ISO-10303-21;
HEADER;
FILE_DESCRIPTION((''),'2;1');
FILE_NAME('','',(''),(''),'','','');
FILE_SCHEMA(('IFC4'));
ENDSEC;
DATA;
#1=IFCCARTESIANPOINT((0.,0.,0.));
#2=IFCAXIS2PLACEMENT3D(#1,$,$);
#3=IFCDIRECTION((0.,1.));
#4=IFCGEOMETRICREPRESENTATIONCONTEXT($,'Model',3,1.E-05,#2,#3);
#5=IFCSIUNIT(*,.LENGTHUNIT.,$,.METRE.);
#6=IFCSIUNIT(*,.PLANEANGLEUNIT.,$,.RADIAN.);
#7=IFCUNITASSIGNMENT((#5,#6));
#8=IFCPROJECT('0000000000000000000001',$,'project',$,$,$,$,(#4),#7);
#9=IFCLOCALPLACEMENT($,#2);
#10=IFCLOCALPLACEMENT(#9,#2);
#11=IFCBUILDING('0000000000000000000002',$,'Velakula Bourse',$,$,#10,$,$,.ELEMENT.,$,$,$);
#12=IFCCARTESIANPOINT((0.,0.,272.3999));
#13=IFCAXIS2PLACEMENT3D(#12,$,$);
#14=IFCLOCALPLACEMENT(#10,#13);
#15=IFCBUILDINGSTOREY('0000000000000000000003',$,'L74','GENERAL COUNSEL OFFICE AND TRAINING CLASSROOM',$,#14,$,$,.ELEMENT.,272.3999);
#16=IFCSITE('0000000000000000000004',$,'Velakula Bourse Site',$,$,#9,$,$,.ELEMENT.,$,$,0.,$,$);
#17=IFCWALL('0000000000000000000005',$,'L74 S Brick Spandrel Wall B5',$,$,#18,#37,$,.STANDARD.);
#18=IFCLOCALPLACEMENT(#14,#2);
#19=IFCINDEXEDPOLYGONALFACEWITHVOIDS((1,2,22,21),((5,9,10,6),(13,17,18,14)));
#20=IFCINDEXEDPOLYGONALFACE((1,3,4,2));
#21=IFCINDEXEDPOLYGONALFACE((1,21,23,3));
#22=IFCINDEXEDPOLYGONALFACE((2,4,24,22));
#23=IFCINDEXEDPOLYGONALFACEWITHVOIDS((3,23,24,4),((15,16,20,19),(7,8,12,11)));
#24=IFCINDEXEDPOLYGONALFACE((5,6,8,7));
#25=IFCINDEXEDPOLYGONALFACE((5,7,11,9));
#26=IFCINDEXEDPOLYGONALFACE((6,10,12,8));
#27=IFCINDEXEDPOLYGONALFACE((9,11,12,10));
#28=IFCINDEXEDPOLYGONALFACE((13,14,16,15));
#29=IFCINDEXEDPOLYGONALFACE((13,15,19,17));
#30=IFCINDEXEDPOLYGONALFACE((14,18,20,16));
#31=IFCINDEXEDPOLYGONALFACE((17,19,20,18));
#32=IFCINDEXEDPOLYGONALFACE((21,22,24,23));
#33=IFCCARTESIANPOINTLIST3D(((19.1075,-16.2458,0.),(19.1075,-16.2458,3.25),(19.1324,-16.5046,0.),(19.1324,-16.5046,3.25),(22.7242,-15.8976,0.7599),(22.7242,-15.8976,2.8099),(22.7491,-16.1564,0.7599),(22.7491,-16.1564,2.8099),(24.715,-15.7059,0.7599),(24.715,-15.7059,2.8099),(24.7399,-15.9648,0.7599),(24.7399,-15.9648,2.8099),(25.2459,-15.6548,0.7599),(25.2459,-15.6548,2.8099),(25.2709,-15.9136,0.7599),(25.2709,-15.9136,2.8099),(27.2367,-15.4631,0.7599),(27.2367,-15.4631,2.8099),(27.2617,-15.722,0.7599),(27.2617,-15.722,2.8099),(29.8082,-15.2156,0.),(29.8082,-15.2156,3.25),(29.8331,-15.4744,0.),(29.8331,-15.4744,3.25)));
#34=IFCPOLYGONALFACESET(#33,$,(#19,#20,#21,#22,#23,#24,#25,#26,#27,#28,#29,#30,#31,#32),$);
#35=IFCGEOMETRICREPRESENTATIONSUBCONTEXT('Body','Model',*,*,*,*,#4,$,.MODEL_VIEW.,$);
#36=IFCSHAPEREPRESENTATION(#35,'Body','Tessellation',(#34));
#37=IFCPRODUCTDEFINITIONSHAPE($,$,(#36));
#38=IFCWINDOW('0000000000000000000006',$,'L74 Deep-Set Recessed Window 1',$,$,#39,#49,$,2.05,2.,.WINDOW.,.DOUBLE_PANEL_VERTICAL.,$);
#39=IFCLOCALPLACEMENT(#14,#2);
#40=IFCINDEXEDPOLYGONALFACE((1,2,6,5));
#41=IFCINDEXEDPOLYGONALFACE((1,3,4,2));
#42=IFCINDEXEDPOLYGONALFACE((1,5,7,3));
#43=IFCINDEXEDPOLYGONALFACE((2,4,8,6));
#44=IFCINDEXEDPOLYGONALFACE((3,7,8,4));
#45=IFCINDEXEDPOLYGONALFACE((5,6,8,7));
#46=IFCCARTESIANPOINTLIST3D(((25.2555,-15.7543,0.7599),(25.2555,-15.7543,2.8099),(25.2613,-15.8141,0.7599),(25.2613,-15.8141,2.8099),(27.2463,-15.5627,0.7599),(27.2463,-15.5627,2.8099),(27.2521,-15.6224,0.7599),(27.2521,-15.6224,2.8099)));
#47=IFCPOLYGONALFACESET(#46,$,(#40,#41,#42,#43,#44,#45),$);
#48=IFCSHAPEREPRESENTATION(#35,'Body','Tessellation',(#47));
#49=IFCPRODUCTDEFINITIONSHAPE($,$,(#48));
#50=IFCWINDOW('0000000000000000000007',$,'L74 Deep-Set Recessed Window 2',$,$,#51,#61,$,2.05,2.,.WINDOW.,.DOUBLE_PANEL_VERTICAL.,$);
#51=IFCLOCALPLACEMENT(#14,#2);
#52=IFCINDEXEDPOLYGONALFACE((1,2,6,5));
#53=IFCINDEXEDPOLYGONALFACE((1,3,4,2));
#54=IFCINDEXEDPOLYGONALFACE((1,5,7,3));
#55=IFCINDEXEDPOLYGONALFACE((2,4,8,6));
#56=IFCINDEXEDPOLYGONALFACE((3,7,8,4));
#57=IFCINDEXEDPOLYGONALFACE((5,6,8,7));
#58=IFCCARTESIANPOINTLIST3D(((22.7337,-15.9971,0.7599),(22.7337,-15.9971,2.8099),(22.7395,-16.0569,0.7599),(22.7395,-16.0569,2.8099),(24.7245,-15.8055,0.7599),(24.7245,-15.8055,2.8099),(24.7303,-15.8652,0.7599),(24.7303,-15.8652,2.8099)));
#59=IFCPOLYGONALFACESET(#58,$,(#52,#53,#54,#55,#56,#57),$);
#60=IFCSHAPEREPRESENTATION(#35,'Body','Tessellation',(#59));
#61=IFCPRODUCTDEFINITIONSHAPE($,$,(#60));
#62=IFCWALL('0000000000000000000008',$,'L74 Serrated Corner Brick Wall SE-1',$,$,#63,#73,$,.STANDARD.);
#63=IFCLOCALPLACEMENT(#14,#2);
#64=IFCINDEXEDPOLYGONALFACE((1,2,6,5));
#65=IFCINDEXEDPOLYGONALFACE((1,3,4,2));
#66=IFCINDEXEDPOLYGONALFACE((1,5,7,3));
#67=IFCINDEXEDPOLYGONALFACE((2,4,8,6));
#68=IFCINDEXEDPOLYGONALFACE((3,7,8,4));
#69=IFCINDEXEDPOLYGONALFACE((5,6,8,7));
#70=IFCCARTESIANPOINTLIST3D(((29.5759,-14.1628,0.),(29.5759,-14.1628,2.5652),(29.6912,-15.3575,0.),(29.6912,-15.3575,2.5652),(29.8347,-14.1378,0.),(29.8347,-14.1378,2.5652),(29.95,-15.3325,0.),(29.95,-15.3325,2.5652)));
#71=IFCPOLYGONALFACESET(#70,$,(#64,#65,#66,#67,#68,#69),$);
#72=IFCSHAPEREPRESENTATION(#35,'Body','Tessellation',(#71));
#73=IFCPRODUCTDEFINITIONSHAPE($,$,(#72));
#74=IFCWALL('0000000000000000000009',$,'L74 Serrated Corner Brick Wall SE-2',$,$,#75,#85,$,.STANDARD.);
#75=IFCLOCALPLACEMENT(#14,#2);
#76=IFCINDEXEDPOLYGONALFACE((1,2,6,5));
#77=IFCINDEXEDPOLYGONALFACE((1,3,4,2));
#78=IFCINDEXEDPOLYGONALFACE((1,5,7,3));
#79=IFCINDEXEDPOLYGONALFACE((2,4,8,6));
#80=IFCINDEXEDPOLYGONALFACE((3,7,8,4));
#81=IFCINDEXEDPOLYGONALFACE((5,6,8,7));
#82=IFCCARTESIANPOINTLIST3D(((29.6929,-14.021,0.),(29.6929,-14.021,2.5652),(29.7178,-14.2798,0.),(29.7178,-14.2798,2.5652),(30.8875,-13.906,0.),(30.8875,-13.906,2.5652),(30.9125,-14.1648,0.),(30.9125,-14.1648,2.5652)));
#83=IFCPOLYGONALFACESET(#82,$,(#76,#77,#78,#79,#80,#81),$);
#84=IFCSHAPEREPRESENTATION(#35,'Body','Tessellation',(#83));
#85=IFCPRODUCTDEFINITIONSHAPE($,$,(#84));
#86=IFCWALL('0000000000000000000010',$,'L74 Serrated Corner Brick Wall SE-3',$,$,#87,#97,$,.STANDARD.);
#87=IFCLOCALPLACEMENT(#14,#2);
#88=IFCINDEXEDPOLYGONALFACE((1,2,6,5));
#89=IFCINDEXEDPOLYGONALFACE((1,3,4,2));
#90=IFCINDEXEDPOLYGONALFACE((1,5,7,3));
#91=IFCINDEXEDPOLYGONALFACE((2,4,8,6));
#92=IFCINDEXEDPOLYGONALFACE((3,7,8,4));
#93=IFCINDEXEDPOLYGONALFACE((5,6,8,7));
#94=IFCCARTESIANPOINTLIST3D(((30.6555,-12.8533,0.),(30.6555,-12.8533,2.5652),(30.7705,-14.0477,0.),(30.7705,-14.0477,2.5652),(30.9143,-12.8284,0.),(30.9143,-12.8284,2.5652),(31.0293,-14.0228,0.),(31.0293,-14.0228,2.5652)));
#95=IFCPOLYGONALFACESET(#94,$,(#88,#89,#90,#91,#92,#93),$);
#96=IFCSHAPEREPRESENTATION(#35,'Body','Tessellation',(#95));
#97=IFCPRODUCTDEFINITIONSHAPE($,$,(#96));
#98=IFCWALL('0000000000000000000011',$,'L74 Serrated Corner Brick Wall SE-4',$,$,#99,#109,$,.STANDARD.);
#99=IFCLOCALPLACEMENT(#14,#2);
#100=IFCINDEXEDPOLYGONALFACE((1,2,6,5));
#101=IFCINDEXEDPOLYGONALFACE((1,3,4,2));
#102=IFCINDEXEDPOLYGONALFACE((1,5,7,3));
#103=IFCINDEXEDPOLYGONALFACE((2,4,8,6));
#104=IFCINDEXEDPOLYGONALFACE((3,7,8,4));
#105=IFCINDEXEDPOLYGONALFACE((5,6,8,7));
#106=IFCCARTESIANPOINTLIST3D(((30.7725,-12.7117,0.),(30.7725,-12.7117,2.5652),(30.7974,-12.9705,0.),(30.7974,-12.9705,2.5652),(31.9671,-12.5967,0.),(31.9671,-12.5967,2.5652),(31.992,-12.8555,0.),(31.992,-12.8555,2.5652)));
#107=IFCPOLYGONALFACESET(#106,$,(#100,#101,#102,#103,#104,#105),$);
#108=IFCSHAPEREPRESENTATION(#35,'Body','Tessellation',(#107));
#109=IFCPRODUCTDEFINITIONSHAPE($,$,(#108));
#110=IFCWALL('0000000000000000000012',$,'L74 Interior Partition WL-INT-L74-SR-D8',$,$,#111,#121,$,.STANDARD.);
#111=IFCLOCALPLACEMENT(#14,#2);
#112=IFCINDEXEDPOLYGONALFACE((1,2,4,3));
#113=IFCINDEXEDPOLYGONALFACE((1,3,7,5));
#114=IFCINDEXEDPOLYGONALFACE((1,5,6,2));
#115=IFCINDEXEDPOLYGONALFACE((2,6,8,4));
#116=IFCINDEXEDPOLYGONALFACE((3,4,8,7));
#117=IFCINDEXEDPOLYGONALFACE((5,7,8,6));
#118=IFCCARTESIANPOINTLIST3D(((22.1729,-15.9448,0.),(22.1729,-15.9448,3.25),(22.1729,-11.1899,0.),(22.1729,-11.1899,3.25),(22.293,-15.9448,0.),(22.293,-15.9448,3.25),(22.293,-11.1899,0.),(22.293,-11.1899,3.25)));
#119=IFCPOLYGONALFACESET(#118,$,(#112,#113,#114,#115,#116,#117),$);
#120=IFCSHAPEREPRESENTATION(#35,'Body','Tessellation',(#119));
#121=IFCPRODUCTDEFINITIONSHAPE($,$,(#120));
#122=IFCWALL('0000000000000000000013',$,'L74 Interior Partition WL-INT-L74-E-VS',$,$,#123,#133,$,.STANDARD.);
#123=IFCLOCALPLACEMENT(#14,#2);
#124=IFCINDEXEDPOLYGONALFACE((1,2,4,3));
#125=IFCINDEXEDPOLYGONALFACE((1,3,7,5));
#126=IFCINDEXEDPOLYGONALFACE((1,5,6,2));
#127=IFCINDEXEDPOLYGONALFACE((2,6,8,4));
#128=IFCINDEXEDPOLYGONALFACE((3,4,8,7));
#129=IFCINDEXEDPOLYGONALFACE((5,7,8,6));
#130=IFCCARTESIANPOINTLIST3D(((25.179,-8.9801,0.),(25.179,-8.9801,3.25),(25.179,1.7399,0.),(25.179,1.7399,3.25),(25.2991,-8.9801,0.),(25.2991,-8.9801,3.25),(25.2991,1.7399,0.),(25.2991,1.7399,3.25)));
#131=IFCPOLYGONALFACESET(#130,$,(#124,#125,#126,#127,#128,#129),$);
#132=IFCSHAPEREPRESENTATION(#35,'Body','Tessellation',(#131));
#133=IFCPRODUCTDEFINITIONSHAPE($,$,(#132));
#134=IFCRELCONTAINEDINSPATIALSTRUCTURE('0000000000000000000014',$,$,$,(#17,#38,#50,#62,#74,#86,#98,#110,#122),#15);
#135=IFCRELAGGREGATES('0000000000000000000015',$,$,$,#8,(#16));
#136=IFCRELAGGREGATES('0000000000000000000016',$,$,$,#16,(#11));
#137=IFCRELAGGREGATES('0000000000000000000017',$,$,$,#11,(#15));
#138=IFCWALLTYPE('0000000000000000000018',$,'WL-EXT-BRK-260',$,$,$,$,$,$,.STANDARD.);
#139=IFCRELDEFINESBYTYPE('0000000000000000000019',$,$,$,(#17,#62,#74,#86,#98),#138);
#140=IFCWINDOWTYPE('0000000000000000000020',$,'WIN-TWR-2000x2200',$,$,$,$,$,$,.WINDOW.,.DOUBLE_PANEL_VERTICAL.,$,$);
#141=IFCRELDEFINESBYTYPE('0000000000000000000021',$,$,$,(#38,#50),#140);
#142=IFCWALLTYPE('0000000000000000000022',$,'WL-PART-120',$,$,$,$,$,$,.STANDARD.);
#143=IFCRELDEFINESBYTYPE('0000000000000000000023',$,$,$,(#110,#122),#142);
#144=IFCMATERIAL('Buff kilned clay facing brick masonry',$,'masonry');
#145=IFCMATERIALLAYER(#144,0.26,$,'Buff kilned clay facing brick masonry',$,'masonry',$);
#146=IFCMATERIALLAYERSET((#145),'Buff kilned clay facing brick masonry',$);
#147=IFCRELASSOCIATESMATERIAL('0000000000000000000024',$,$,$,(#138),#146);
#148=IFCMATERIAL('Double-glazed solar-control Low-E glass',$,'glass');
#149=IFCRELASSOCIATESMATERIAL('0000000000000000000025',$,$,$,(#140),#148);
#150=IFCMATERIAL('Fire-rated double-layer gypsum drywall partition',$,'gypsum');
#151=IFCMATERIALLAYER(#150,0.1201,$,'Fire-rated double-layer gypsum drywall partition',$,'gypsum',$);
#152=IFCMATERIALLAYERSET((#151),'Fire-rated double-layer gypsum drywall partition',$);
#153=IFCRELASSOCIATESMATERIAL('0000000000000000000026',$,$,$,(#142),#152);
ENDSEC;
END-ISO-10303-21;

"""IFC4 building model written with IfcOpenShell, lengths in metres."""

from ifc_helpers import new_model, si_unit, direction, frame, frame_2d, origin, place, context, subcontext, project, spatial, rectangle, extrude, material, layer, layer_set, type_object, element, fill, save


model = new_model("IFC4")

# Units and contexts
model_context = context("Model", 3, precision=1e-05, world=origin(), true_north=direction((0.0, 1.0)))
body_context = subcontext(model_context, "Body", "Model", "MODEL_VIEW")
ifc_project = project(units=[si_unit("LENGTHUNIT", "METRE"), si_unit("PLANEANGLEUNIT", "RADIAN")], contexts=[model_context])

# Site, building, storey
site_placement = place(None, origin())
site = spatial("IfcSite", under=ifc_project, at=site_placement, Name="Velakula Bourse Site", CompositionType="ELEMENT", RefElevation=0.0)
building_placement = place(site_placement, origin())
building = spatial("IfcBuilding", under=site, at=building_placement, Name="Velakula Bourse", CompositionType="ELEMENT")
storey_placement = place(building_placement, frame((0.0, 0.0, 272.3999)))
storey = spatial("IfcBuildingStorey", under=building, at=storey_placement, Name="L74", Description="GENERAL COUNSEL OFFICE AND TRAINING CLASSROOM", CompositionType="ELEMENT", Elevation=272.3999)

# Wall, openings, windows
ifc_material_1 = material(Name="Buff kilned clay facing brick masonry", Category="masonry")
ifc_layer_1 = layer(ifc_material_1, 0.26, Name="Buff kilned clay facing brick masonry", Category="masonry")
ifc_layer_set_1 = layer_set([ifc_layer_1], Name="Buff kilned clay facing brick masonry")
wall_type_1 = type_object("IfcWallType", Name="WL-EXT-BRK-260", PredefinedType="STANDARD", material=ifc_layer_set_1)
wall_1_placement = place(storey_placement, frame((29.8206, -15.345, 0.0), z_axis=(0.0, 0.0, 1.0), x_axis=(-0.995397, -0.095838, 0.0)))
wall_1 = element("IfcWall", 1, at=wall_1_placement, inside=storey, type_object=wall_type_1, Name="L74 S Brick Spandrel Wall B5", PredefinedType="STANDARD", context=body_context, shape_type="SweptSolid", body=[
    extrude(rectangle(XDim=10.7502, YDim=0.26, at=frame_2d((5.375, 0.0))), origin(), (0.0, 0.0, 1.0), 3.25),
])
opening_1_placement = place(wall_1_placement, frame((2.5833, 0.0, 0.76)))
opening_1 = element("IfcOpeningElement", 2, at=opening_1_placement, cuts=wall_1, PredefinedType="OPENING", context=body_context, shape_type="SweptSolid", body=[
    extrude(rectangle(XDim=2.0, YDim=2.05, at=frame_2d((1.0, 1.0249))), frame((0.0, 0.1399, 0.0), z_axis=(0.0, -1.0, 0.0), x_axis=(1.0, 0.0, 0.0)), (0.0, 0.0, 1.0), 0.28),
])
opening_2_placement = place(wall_1_placement, frame((5.1167, 0.0, 0.76)))
opening_2 = element("IfcOpeningElement", 3, at=opening_2_placement, cuts=wall_1, PredefinedType="OPENING", context=body_context, shape_type="SweptSolid", body=[
    extrude(rectangle(XDim=2.0, YDim=2.05, at=frame_2d((1.0, 1.0249))), frame((0.0, 0.1399, 0.0), z_axis=(0.0, -1.0, 0.0), x_axis=(1.0, 0.0, 0.0)), (0.0, 0.0, 1.0), 0.28),
])
ifc_material_2 = material(Name="Double-glazed solar-control Low-E glass", Category="glass")
window_type = type_object("IfcWindowType", Name="WIN-TWR-2000x2200", PartitioningType="DOUBLE_PANEL_VERTICAL", PredefinedType="WINDOW", material=ifc_material_2)
window_1_placement = place(opening_1_placement, origin())
window_1 = element("IfcWindow", 4, at=window_1_placement, inside=storey, type_object=window_type, Name="L74 Deep-Set Recessed Window 1", OverallHeight=2.05, OverallWidth=2.0, PartitioningType="DOUBLE_PANEL_VERTICAL", PredefinedType="WINDOW", context=body_context, shape_type="SweptSolid", body=[
    extrude(rectangle(XDim=2.0, YDim=2.05, at=frame_2d((1.0, 1.0249))), frame((0.0, 0.03, 0.0), z_axis=(0.0, -1.0, 0.0), x_axis=(1.0, 0.0, 0.0)), (0.0, 0.0, 1.0), 0.0601),
])
fill(opening_1, window_1)
window_2_placement = place(opening_2_placement, origin())
window_2 = element("IfcWindow", 5, at=window_2_placement, inside=storey, type_object=window_type, Name="L74 Deep-Set Recessed Window 2", OverallHeight=2.05, OverallWidth=2.0, PartitioningType="DOUBLE_PANEL_VERTICAL", PredefinedType="WINDOW", context=body_context, shape_type="SweptSolid", body=[
    extrude(rectangle(XDim=2.0, YDim=2.05, at=frame_2d((1.0, 1.0249))), frame((0.0, 0.03, 0.0), z_axis=(0.0, -1.0, 0.0), x_axis=(1.0, 0.0, 0.0)), (0.0, 0.0, 1.0), 0.0601),
])
fill(opening_2, window_2)

# Walls
for number, where, z_axis, x_axis, name in (
    (6, (29.8206, -15.345, 0.0), (0.0, 0.0, 1.0), (-0.096019, 0.99538, 0.0), "L74 Serrated Corner Brick Wall SE-1"),
    (7, (29.7053, -14.1504, 0.0), (0.0, 0.0, 1.0), (0.995399, 0.095817, 0.0), "L74 Serrated Corner Brick Wall SE-2"),
):
    element("IfcWall", number, at=place(storey_placement, frame(where, z_axis=z_axis, x_axis=x_axis)), inside=storey, type_object=wall_type_1, Name=name, PredefinedType="STANDARD", context=body_context, shape_type="SweptSolid", body=[
        extrude(rectangle(XDim=1.2002, YDim=0.26, at=frame_2d((0.6001, 0.0))), origin(), (0.0, 0.0, 1.0), 2.5652),
    ])
wall_2_placement = place(storey_placement, frame((30.8999, -14.0354, 0.0), z_axis=(0.0, 0.0, 1.0), x_axis=(-0.095836, 0.995397, 0.0)))
element("IfcWall", 8, at=wall_2_placement, inside=storey, type_object=wall_type_1, Name="L74 Serrated Corner Brick Wall SE-3", PredefinedType="STANDARD", context=body_context, shape_type="SweptSolid", body=[
    extrude(rectangle(XDim=1.2, YDim=0.26, at=frame_2d((0.6001, 0.0))), origin(), (0.0, 0.0, 1.0), 2.5652),
])
wall_3_placement = place(storey_placement, frame((30.7849, -12.8411, 0.0), z_axis=(0.0, 0.0, 1.0), x_axis=(0.995399, 0.095817, 0.0)))
element("IfcWall", 9, at=wall_3_placement, inside=storey, type_object=wall_type_1, Name="L74 Serrated Corner Brick Wall SE-4", PredefinedType="STANDARD", context=body_context, shape_type="SweptSolid", body=[
    extrude(rectangle(XDim=1.2002, YDim=0.26, at=frame_2d((0.6001, 0.0))), origin(), (0.0, 0.0, 1.0), 2.5652),
])
ifc_material_3 = material(Name="Fire-rated double-layer gypsum drywall partition", Category="gypsum")
ifc_layer_2 = layer(ifc_material_3, 0.1201, Name="Fire-rated double-layer gypsum drywall partition", Category="gypsum")
ifc_layer_set_2 = layer_set([ifc_layer_2], Name="Fire-rated double-layer gypsum drywall partition")
wall_type_2 = type_object("IfcWallType", Name="WL-PART-120", PredefinedType="STANDARD", material=ifc_layer_set_2)
wall_4_placement = place(storey_placement, frame((22.2329, -15.9448, 0.0), z_axis=(0.0, 0.0, 1.0), x_axis=(0.0, 1.0, 0.0)))
element("IfcWall", 10, at=wall_4_placement, inside=storey, type_object=wall_type_2, Name="L74 Interior Partition WL-INT-L74-SR-D8", PredefinedType="STANDARD", context=body_context, shape_type="SweptSolid", body=[
    extrude(rectangle(XDim=4.7549, YDim=0.1201, at=frame_2d((2.3774, 0.0))), origin(), (0.0, 0.0, 1.0), 3.25),
])
wall_5_placement = place(storey_placement, frame((25.239, -8.98, 0.0), z_axis=(0.0, 0.0, 1.0), x_axis=(0.0, 1.0, 0.0)))
element("IfcWall", 11, at=wall_5_placement, inside=storey, type_object=wall_type_2, Name="L74 Interior Partition WL-INT-L74-E-VS", PredefinedType="STANDARD", context=body_context, shape_type="SweptSolid", body=[
    extrude(rectangle(XDim=10.72, YDim=0.1201, at=frame_2d((5.3599, 0.0))), origin(), (0.0, 0.0, 1.0), 3.25),
])

save(model, "model.ifc")
